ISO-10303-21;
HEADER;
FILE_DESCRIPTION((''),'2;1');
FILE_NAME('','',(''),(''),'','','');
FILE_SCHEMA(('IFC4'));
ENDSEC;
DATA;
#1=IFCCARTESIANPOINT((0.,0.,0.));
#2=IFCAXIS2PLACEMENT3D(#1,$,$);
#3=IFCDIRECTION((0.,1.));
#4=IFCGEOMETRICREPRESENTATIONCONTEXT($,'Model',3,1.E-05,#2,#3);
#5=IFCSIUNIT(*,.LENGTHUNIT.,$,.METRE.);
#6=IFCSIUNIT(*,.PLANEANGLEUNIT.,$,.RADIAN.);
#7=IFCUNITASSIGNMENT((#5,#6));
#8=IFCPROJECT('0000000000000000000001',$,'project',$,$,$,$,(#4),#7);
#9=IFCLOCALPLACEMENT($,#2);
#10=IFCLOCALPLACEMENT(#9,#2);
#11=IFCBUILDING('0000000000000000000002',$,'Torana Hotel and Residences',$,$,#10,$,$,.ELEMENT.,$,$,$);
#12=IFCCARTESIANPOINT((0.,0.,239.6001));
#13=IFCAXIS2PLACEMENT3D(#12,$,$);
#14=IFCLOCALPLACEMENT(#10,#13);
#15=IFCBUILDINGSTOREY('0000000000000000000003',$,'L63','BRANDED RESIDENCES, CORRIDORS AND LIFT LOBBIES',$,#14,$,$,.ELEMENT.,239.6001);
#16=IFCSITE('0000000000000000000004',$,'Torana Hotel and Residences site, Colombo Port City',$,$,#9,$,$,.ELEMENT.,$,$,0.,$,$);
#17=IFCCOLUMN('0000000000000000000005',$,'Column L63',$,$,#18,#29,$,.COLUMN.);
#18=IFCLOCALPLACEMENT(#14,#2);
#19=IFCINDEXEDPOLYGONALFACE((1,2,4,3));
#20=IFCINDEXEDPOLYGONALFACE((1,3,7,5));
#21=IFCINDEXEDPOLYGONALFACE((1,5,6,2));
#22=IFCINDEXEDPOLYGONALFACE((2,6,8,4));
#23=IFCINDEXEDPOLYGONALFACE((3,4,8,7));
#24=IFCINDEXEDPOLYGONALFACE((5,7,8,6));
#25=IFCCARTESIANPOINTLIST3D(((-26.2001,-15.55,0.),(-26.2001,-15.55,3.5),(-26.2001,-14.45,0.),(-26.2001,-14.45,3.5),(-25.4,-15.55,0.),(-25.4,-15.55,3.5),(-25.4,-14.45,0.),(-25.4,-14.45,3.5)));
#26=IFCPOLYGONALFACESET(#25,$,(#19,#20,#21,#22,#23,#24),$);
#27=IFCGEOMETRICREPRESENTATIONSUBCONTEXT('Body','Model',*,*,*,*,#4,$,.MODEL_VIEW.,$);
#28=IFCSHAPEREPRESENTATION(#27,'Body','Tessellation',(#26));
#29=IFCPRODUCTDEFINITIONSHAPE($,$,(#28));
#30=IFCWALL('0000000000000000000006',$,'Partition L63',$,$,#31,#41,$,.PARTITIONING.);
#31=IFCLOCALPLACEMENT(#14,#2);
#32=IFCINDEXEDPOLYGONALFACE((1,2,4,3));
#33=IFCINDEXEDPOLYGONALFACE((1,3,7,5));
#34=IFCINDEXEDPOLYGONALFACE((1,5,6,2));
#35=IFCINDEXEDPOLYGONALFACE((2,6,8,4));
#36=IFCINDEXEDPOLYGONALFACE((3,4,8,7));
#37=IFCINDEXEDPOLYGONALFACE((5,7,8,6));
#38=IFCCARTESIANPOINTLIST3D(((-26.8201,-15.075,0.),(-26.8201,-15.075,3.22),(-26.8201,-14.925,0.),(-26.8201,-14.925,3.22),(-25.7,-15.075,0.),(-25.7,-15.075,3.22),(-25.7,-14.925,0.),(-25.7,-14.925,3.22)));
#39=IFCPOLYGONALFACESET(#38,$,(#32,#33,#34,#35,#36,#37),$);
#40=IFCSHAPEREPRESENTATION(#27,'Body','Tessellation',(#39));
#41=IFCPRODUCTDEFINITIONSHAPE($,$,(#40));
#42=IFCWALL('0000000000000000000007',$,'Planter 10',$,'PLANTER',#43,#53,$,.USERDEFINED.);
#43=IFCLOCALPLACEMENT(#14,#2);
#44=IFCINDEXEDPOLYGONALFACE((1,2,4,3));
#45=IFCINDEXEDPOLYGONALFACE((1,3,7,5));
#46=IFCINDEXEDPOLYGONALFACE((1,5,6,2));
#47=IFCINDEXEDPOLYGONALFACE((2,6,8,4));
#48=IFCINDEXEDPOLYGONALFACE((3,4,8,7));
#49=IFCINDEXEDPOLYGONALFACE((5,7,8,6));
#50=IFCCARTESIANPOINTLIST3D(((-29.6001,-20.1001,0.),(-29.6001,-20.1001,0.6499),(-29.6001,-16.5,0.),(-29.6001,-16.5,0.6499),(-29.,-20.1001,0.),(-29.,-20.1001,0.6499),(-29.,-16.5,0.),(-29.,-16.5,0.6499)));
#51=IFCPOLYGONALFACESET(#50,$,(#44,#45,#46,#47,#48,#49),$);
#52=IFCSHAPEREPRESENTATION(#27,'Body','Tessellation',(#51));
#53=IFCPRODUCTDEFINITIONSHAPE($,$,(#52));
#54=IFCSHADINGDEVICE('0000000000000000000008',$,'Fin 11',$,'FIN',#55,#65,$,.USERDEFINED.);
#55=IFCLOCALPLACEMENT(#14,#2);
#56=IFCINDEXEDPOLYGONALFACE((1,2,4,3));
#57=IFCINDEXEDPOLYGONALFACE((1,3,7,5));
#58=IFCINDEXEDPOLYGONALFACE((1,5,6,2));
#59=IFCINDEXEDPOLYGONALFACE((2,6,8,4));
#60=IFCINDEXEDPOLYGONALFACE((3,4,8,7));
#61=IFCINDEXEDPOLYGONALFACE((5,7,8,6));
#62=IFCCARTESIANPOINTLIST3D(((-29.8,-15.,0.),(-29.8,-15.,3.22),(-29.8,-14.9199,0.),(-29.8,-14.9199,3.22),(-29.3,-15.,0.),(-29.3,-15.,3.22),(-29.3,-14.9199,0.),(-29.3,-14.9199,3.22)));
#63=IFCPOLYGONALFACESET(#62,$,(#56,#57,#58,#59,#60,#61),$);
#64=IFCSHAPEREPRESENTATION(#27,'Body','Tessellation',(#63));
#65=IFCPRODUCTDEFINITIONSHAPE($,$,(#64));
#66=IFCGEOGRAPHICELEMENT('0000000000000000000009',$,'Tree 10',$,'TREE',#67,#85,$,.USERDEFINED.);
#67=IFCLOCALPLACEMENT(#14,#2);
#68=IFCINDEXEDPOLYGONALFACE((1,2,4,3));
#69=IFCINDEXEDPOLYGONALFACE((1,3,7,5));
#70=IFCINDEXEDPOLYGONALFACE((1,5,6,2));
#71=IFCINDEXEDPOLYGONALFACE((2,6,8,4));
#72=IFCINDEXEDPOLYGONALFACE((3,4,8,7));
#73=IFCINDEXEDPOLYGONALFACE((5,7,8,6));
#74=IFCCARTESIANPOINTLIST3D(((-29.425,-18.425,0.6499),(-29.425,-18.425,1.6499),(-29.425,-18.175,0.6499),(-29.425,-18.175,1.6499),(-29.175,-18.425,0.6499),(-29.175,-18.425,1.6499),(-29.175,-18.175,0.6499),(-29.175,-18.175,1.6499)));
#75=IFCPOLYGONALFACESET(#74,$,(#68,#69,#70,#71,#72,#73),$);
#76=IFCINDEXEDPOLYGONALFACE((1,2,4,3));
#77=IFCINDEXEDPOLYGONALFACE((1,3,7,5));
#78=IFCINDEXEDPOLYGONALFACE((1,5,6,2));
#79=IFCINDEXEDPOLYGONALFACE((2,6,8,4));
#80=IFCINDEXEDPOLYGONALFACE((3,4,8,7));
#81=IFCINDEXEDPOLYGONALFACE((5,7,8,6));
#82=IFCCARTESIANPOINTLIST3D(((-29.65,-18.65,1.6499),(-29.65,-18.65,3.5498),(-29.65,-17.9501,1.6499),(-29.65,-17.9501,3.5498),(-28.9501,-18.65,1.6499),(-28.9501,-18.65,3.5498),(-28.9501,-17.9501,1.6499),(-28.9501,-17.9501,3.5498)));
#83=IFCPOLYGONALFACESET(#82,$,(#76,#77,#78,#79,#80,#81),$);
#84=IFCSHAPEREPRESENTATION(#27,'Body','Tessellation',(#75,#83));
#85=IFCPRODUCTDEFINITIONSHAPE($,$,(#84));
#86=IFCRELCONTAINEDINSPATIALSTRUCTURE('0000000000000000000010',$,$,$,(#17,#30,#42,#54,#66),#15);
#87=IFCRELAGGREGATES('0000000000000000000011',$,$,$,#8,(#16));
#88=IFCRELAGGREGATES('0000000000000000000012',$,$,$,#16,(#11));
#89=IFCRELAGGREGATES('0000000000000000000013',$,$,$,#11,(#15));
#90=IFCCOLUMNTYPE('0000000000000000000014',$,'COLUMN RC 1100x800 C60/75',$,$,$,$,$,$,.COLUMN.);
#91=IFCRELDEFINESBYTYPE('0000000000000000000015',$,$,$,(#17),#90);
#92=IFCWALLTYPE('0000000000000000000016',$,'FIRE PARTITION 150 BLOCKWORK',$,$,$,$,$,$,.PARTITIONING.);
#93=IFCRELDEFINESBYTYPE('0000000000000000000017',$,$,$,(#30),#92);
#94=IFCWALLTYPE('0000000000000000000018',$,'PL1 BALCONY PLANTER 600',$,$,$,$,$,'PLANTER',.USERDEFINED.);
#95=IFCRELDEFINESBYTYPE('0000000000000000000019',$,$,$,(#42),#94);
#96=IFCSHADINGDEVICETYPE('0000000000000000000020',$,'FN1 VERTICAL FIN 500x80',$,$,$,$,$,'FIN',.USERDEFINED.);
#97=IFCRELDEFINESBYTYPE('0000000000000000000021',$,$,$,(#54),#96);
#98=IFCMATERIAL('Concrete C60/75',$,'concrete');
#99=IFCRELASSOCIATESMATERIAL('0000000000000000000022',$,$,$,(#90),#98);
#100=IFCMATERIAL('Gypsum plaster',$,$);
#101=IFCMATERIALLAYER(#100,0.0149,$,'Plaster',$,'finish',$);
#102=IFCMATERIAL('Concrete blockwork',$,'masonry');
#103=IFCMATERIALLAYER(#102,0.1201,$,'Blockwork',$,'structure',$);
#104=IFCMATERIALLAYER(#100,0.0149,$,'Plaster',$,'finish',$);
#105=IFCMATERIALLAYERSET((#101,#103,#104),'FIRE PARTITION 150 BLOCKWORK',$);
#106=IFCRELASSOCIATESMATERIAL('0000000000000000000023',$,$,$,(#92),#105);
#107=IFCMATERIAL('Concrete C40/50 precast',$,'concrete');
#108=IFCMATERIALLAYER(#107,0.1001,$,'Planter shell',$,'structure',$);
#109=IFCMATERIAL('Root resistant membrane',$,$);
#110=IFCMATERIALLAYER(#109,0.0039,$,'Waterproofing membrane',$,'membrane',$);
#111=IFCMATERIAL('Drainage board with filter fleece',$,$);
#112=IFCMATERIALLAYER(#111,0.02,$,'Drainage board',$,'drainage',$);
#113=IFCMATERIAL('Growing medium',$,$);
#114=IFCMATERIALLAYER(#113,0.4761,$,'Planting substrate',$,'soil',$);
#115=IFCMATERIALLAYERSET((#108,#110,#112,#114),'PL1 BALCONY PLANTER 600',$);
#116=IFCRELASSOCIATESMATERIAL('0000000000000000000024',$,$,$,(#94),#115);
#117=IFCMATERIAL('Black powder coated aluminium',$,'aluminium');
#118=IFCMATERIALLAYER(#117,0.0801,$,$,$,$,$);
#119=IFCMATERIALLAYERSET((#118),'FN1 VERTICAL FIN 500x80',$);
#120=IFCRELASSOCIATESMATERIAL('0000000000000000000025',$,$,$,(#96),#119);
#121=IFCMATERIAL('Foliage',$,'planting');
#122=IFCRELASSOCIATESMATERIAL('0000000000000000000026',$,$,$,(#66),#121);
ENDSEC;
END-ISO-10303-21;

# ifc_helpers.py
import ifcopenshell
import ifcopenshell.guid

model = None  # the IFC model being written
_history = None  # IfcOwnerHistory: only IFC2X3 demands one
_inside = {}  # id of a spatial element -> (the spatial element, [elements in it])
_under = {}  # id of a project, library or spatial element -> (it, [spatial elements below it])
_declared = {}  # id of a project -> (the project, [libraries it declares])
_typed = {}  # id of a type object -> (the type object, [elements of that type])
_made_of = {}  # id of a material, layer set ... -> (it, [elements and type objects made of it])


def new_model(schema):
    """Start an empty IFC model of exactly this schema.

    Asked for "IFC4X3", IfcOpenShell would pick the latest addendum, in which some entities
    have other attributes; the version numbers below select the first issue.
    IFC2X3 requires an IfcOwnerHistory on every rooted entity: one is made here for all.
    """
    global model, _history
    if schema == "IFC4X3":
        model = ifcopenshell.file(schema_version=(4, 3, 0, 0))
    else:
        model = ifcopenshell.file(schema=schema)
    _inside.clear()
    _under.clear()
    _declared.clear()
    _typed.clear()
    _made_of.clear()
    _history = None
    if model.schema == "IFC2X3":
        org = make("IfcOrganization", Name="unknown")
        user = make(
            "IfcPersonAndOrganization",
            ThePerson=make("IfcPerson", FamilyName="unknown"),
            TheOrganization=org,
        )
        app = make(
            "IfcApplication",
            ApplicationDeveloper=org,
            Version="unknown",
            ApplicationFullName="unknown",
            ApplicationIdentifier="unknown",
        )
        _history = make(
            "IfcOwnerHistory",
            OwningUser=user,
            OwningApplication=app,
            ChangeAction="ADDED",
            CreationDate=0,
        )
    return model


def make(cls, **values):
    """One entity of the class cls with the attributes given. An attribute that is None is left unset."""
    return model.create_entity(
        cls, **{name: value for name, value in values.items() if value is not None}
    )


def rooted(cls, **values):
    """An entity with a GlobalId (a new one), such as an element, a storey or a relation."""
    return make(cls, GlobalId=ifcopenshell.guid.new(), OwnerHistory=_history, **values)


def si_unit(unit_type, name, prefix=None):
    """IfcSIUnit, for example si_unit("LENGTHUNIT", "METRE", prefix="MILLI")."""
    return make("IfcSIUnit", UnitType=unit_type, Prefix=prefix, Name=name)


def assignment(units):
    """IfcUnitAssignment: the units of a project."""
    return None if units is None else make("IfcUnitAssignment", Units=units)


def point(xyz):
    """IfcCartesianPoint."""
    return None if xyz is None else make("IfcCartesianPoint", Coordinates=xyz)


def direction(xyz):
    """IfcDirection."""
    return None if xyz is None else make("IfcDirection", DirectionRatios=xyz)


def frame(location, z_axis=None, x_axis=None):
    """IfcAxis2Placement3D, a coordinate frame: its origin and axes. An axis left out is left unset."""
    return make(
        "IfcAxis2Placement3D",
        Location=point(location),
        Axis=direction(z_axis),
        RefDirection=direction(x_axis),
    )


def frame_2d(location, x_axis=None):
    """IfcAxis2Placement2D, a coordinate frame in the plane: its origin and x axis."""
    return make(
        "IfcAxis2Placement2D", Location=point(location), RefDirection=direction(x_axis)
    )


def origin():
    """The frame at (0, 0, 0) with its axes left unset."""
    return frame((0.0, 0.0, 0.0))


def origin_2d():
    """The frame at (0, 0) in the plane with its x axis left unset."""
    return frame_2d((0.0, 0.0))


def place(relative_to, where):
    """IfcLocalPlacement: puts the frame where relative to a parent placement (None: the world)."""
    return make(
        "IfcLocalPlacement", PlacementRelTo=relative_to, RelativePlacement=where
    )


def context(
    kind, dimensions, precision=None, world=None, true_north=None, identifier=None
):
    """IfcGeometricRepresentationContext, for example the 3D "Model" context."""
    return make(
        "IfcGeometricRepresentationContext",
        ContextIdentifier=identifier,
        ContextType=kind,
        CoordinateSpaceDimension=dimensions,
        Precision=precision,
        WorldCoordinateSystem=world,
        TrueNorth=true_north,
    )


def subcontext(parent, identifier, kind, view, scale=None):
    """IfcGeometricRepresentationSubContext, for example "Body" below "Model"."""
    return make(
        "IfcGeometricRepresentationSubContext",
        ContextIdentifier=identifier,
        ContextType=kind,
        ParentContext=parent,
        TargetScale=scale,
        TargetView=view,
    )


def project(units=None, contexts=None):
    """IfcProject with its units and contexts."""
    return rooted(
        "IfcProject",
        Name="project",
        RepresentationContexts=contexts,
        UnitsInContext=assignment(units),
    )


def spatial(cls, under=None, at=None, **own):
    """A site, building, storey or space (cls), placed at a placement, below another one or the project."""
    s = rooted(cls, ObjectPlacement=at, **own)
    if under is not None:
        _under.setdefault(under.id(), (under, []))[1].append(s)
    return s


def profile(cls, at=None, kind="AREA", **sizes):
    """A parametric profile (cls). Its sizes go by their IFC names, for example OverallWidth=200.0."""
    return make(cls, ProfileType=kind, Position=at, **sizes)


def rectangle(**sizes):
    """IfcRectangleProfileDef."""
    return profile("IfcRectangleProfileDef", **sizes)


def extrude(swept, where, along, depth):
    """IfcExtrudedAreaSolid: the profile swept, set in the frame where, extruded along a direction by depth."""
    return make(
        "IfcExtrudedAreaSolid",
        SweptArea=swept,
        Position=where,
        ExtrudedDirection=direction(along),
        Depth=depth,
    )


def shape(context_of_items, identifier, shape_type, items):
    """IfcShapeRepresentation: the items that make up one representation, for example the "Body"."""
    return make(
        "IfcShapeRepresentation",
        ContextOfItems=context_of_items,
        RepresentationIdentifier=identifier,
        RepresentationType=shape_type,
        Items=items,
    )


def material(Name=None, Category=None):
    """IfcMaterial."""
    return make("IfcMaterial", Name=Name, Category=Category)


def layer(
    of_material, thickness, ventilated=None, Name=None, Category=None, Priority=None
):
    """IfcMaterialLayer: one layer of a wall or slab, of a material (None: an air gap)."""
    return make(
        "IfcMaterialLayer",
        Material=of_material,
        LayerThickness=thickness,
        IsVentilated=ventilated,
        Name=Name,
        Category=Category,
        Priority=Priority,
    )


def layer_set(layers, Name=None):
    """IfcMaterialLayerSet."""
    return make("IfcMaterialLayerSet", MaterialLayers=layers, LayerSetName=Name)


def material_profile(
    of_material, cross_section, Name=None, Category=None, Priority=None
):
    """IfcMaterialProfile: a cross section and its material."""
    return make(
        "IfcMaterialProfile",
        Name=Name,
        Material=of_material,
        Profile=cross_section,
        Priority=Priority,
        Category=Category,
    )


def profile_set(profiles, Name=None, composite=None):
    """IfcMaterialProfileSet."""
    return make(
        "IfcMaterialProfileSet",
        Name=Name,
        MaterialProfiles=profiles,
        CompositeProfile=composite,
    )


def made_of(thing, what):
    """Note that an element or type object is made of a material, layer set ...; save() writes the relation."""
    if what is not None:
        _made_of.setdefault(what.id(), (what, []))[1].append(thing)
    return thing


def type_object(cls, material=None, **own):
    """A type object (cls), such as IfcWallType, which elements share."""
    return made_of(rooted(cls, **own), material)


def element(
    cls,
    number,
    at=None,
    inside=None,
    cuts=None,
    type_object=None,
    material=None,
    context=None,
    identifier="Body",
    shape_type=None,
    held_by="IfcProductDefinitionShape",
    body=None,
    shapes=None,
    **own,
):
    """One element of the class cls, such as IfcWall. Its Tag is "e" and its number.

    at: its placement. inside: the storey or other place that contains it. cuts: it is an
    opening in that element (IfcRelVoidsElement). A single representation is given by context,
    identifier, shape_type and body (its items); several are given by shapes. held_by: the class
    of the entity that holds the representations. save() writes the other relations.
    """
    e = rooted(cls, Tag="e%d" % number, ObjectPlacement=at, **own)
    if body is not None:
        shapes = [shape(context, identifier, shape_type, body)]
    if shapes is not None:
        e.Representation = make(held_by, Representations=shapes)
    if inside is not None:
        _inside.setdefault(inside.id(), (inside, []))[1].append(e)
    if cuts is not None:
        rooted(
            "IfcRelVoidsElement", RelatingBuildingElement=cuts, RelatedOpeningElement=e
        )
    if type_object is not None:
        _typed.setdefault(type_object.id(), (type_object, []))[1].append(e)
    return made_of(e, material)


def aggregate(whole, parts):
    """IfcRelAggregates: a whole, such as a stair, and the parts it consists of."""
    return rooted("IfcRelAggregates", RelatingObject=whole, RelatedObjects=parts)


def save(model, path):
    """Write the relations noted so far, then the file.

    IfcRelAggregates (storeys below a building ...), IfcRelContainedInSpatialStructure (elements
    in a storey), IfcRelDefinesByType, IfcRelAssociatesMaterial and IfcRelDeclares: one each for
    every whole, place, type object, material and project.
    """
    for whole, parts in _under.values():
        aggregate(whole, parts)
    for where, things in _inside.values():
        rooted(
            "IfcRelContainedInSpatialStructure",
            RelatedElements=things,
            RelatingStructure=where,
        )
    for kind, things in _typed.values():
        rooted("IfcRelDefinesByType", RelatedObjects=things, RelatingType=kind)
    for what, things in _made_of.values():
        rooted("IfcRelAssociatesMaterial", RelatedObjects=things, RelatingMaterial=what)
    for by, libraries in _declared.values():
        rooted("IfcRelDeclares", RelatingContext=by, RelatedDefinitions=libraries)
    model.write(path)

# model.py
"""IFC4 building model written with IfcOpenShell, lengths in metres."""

from ifc_helpers import new_model, si_unit, direction, frame, frame_2d, origin, origin_2d, place, context, subcontext, project, spatial, rectangle, extrude, material, layer, layer_set, material_profile, profile_set, type_object, element, save


model = new_model("IFC4")

# Units and contexts
model_context = context("Model", 3, precision=1e-05, world=origin(), true_north=direction((0.0, 1.0)))
body_context = subcontext(model_context, "Body", "Model", "MODEL_VIEW")
ifc_project = project(units=[si_unit("LENGTHUNIT", "METRE"), si_unit("PLANEANGLEUNIT", "RADIAN")], contexts=[model_context])

# Site, building, storey
site_placement = place(None, origin())
site = spatial("IfcSite", under=ifc_project, at=site_placement, Name="Torana Hotel and Residences site, Colombo Port City", CompositionType="ELEMENT", RefElevation=0.0)
building_placement = place(site_placement, origin())
building = spatial("IfcBuilding", under=site, at=building_placement, Name="Torana Hotel and Residences", CompositionType="ELEMENT")
storey_placement = place(building_placement, frame((0.0, 0.0, 239.6001)))
storey = spatial("IfcBuildingStorey", under=building, at=storey_placement, Name="L63", Description="BRANDED RESIDENCES, CORRIDORS AND LIFT LOBBIES", CompositionType="ELEMENT", Elevation=239.6001)

# Column
ifc_material_1 = material(Name="Concrete C60/75", Category="concrete")
ifc_material_profile = material_profile(ifc_material_1, rectangle(XDim=1.1001, YDim=0.8, at=origin_2d()), Name="RC 1100x800")
ifc_profile_set = profile_set([ifc_material_profile], Name="Concrete C60/75")
column_type = type_object("IfcColumnType", Name="COLUMN RC 1100x800 C60/75", PredefinedType="COLUMN", material=ifc_profile_set)
column_placement = place(storey_placement, frame((-25.8, -15.0, 0.0), z_axis=(0.0, 0.0, 1.0), x_axis=(0.0, 1.0, 0.0)))
element("IfcColumn", 1, at=column_placement, inside=storey, type_object=column_type, Name="Column L63", PredefinedType="COLUMN", context=body_context, shape_type="SweptSolid", body=[
    extrude(rectangle(XDim=1.1001, YDim=0.8, at=origin_2d()), origin(), (0.0, 0.0, 1.0), 3.5),
])

# Shared definitions
ifc_material_2 = material(Name="Gypsum plaster")
ifc_layer_1 = layer(ifc_material_2, 0.0149, Name="Plaster", Category="finish")
ifc_material_3 = material(Name="Concrete blockwork", Category="masonry")
ifc_layer_2 = layer(ifc_material_3, 0.1201, Name="Blockwork", Category="structure")
ifc_layer_3 = layer(ifc_material_2, 0.0149, Name="Plaster", Category="finish")
ifc_layer_set_1 = layer_set([ifc_layer_1, ifc_layer_2, ifc_layer_3], Name="FIRE PARTITION 150 BLOCKWORK")
wall_type_1 = type_object("IfcWallType", Name="FIRE PARTITION 150 BLOCKWORK", PredefinedType="PARTITIONING", material=ifc_layer_set_1)

# Walls
wall_1_placement = place(storey_placement, frame((-26.8201, -15.0, 0.0), z_axis=(0.0, 0.0, 1.0), x_axis=(1.0, 0.0, 0.0)))
element("IfcWall", 2, at=wall_1_placement, inside=storey, type_object=wall_type_1, Name="Partition L63", PredefinedType="PARTITIONING", context=body_context, shape_type="SweptSolid", body=[
    extrude(rectangle(XDim=1.1201, YDim=0.1499, at=frame_2d((0.5601, 0.0))), origin(), (0.0, 0.0, 1.0), 3.22),
])
ifc_material_4 = material(Name="Concrete C40/50 precast", Category="concrete")
ifc_layer_4 = layer(ifc_material_4, 0.1001, Name="Planter shell", Category="structure")
ifc_material_5 = material(Name="Root resistant membrane")
ifc_layer_5 = layer(ifc_material_5, 0.0039, Name="Waterproofing membrane", Category="membrane")
ifc_material_6 = material(Name="Drainage board with filter fleece")
ifc_layer_6 = layer(ifc_material_6, 0.02, Name="Drainage board", Category="drainage")
ifc_material_7 = material(Name="Growing medium")
ifc_layer_7 = layer(ifc_material_7, 0.4761, Name="Planting substrate", Category="soil")
ifc_layer_set_2 = layer_set([ifc_layer_4, ifc_layer_5, ifc_layer_6, ifc_layer_7], Name="PL1 BALCONY PLANTER 600")
wall_type_2 = type_object("IfcWallType", Name="PL1 BALCONY PLANTER 600", ElementType="PLANTER", PredefinedType="USERDEFINED", material=ifc_layer_set_2)
wall_2_placement = place(storey_placement, frame((-29.3, -20.1001, 0.0), z_axis=(0.0, 0.0, 1.0), x_axis=(0.0, 1.0, 0.0)))
element("IfcWall", 3, at=wall_2_placement, inside=storey, type_object=wall_type_2, Name="Planter 10", ObjectType="PLANTER", PredefinedType="USERDEFINED", context=body_context, shape_type="SweptSolid", body=[
    extrude(rectangle(XDim=3.6001, YDim=0.6001, at=frame_2d((1.8, 0.0))), origin(), (0.0, 0.0, 1.0), 0.6499),
])

# Shading device
ifc_material_8 = material(Name="Black powder coated aluminium", Category="aluminium")
ifc_layer_8 = layer(ifc_material_8, 0.0801)
ifc_layer_set_3 = layer_set([ifc_layer_8], Name="FN1 VERTICAL FIN 500x80")
shading_device_type = type_object("IfcShadingDeviceType", Name="FN1 VERTICAL FIN 500x80", ElementType="FIN", PredefinedType="USERDEFINED", material=ifc_layer_set_3)
shading_device_placement = place(storey_placement, frame((-29.55, -14.96, 0.0), z_axis=(0.0, 0.0, 1.0), x_axis=(0.0, 1.0, 0.0)))
element("IfcShadingDevice", 4, at=shading_device_placement, inside=storey, type_object=shading_device_type, Name="Fin 11", ObjectType="FIN", PredefinedType="USERDEFINED", context=body_context, shape_type="SweptSolid", body=[
    extrude(rectangle(XDim=0.0801, YDim=0.5, at=origin_2d()), origin(), (0.0, 0.0, 1.0), 3.22),
])

# Geographic element
ifc_material_9 = material(Name="Foliage", Category="planting")
geographic_element_placement = place(storey_placement, frame((-29.3, -18.3, 0.6499), z_axis=(0.0, 0.0, 1.0), x_axis=(1.0, 0.0, 0.0)))
element("IfcGeographicElement", 5, at=geographic_element_placement, inside=storey, material=ifc_material_9, Name="Tree 10", ObjectType="TREE", PredefinedType="USERDEFINED", context=body_context, shape_type="SweptSolid", body=[
    extrude(rectangle(XDim=0.25, YDim=0.25, at=origin_2d()), origin(), (0.0, 0.0, 1.0), 1.0),
    extrude(rectangle(XDim=0.7, YDim=0.7, at=origin_2d()), frame((0.0, 0.0, 1.0)), (0.0, 0.0, 1.0), 1.8999),
])

save(model, "model.ifc")
